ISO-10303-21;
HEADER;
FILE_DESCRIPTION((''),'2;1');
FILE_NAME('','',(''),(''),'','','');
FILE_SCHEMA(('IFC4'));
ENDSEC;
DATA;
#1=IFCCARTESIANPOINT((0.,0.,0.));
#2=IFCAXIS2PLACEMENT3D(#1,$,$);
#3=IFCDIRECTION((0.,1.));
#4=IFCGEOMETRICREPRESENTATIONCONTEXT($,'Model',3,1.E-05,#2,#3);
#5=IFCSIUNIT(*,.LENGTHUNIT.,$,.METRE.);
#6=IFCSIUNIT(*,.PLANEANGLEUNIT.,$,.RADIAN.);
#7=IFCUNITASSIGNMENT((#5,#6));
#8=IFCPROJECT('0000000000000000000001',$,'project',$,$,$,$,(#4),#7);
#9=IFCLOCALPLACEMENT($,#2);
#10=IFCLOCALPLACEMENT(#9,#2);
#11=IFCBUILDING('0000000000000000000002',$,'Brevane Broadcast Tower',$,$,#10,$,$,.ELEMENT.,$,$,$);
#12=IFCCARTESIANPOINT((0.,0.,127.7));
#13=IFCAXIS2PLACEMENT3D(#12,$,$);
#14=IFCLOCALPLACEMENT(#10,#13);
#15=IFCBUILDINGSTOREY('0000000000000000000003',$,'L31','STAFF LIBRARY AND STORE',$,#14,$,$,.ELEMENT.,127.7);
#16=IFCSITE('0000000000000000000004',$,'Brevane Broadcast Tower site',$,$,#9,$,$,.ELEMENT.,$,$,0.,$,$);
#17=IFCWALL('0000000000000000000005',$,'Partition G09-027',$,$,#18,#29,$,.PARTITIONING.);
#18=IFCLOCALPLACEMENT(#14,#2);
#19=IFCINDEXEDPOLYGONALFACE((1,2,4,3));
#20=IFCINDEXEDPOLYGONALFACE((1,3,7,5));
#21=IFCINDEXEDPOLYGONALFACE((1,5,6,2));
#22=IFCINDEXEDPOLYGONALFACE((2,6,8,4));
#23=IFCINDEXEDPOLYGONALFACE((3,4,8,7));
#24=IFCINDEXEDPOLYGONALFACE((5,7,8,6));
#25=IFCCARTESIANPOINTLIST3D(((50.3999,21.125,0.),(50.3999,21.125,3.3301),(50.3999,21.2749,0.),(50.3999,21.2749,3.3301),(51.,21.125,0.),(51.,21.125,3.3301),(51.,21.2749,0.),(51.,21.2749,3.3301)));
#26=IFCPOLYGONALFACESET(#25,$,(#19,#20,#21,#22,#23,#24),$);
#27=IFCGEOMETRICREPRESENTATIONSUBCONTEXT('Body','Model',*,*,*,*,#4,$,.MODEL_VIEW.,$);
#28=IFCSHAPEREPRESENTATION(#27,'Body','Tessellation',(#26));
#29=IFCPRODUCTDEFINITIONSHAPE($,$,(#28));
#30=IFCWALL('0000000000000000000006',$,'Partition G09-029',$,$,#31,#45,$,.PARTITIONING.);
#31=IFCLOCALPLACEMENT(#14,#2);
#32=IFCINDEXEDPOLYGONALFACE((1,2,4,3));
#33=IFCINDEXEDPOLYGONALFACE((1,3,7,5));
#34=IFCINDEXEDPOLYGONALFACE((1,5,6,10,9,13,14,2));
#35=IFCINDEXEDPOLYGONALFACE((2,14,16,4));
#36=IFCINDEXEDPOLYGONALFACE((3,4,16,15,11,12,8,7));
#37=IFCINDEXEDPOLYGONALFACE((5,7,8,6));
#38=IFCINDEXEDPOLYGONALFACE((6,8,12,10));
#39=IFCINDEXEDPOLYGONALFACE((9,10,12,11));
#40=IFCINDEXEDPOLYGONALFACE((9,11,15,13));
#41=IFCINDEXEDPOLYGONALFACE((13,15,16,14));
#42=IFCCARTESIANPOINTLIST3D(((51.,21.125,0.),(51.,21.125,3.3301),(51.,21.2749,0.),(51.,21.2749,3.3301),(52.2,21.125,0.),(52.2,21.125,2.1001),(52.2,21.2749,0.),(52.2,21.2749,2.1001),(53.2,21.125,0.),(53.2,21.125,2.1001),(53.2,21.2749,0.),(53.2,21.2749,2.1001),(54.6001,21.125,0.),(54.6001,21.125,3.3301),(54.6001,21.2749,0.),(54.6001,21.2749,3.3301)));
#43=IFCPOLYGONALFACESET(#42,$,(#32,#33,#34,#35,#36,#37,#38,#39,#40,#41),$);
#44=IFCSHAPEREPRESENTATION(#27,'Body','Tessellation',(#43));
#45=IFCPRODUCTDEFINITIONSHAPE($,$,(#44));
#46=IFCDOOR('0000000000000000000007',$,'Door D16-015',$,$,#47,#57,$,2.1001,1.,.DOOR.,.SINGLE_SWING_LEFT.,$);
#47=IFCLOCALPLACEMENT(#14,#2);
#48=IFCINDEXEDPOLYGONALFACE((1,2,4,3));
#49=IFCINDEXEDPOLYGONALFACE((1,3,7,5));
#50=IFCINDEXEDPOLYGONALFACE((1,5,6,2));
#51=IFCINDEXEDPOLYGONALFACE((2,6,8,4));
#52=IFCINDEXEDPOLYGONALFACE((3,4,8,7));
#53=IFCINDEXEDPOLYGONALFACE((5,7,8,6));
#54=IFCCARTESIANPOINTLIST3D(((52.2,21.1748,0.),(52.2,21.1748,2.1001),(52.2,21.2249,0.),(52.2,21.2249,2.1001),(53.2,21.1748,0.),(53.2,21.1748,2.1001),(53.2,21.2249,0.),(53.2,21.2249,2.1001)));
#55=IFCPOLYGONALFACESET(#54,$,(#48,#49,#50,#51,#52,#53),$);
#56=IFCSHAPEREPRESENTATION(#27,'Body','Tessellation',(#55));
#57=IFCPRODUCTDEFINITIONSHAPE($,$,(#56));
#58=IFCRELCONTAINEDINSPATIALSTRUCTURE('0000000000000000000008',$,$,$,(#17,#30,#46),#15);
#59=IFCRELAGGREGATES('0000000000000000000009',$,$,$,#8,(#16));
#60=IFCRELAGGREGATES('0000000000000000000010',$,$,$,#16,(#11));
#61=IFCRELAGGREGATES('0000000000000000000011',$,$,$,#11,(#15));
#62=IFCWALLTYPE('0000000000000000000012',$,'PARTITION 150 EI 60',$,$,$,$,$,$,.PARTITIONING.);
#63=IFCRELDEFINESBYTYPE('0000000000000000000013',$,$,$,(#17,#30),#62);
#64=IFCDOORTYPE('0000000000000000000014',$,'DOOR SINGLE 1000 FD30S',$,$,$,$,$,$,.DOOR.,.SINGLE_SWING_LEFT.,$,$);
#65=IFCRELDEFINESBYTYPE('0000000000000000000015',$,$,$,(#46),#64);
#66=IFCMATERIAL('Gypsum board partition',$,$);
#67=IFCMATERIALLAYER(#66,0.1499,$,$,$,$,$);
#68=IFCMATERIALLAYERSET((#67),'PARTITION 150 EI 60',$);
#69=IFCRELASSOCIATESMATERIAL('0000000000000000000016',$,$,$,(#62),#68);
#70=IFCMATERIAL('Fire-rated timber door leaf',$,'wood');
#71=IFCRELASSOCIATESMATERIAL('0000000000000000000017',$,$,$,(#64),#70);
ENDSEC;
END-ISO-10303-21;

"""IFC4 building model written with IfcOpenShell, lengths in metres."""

from ifc_helpers import new_model, si_unit, direction, frame, frame_2d, origin, place, context, subcontext, project, spatial, rectangle, extrude, material, layer, layer_set, type_object, element, fill, save


model = new_model("IFC4")

# Units and contexts
model_context = context("Model", 3, precision=1e-05, world=origin(), true_north=direction((0.0, 1.0)))
body_context = subcontext(model_context, "Body", "Model", "MODEL_VIEW")
ifc_project = project(units=[si_unit("LENGTHUNIT", "METRE"), si_unit("PLANEANGLEUNIT", "RADIAN")], contexts=[model_context])

# Site, building, storey
site_placement = place(None, origin())
site = spatial("IfcSite", under=ifc_project, at=site_placement, Name="Brevane Broadcast Tower site", CompositionType="ELEMENT", RefElevation=0.0)
building_placement = place(site_placement, origin())
building = spatial("IfcBuilding", under=site, at=building_placement, Name="Brevane Broadcast Tower", CompositionType="ELEMENT")
storey_placement = place(building_placement, frame((0.0, 0.0, 127.7)))
storey = spatial("IfcBuildingStorey", under=building, at=storey_placement, Name="L31", Description="STAFF LIBRARY AND STORE", CompositionType="ELEMENT", Elevation=127.7)

# Shared definitions
ifc_material_1 = material(Name="Gypsum board partition")

# Shared definitions
ifc_layer_1 = layer(ifc_material_1, 0.1499)
ifc_layer_set_1 = layer_set([ifc_layer_1], Name="PARTITION 150 EI 60")
wall_type_1 = type_object("IfcWallType", Name="PARTITION 150 EI 60", PredefinedType="PARTITIONING", material=ifc_layer_set_1)
ifc_material_2 = material(Name="Fire-rated timber door leaf", Category="wood")

# Wall
wall_1_placement = place(storey_placement, frame((50.3999, 21.2, 0.0), z_axis=(0.0, 0.0, 1.0), x_axis=(1.0, 0.0, 0.0)))
element("IfcWall", 1, at=wall_1_placement, inside=storey, type_object=wall_type_1, Name="Partition G09-027", PredefinedType="PARTITIONING", context=body_context, shape_type="SweptSolid", body=[
    extrude(rectangle(XDim=0.6001, YDim=0.1499, at=frame_2d((0.3, 0.0))), origin(), (0.0, 0.0, 1.0), 3.3301),
])

# Wall, opening, door
wall_2_placement = place(storey_placement, frame((51.0, 21.2, 0.0), z_axis=(0.0, 0.0, 1.0), x_axis=(1.0, 0.0, 0.0)))
wall_2 = element("IfcWall", 2, at=wall_2_placement, inside=storey, type_object=wall_type_1, Name="Partition G09-029", PredefinedType="PARTITIONING", context=body_context, shape_type="SweptSolid", body=[
    extrude(rectangle(XDim=3.6001, YDim=0.1499, at=frame_2d((1.8, 0.0))), origin(), (0.0, 0.0, 1.0), 3.3301),
])
opening_1_placement = place(wall_2_placement, frame((1.2, 0.0, 0.0)))
opening_1 = element("IfcOpeningElement", 3, at=opening_1_placement, cuts=wall_2, PredefinedType="OPENING", context=body_context, shape_type="SweptSolid", body=[
    extrude(rectangle(XDim=1.0, YDim=2.1001, at=frame_2d((0.5, 1.05))), frame((0.0, 0.085, 0.0), z_axis=(0.0, -1.0, 0.0), x_axis=(1.0, 0.0, 0.0)), (0.0, 0.0, 1.0), 0.1699),
])
door_type_1 = type_object("IfcDoorType", Name="DOOR SINGLE 1000 FD30S", OperationType="SINGLE_SWING_LEFT", PredefinedType="DOOR", material=ifc_material_2)
door_1_placement = place(opening_1_placement, origin())
door_1 = element("IfcDoor", 4, at=door_1_placement, inside=storey, type_object=door_type_1, Name="Door D16-015", OperationType="SINGLE_SWING_LEFT", OverallHeight=2.1001, OverallWidth=1.0, PredefinedType="DOOR", context=body_context, shape_type="SweptSolid", body=[
    extrude(rectangle(XDim=1.0, YDim=2.1001, at=frame_2d((0.5, 1.05))), frame((0.0, 0.0249, 0.0), z_axis=(0.0, -1.0, 0.0), x_axis=(1.0, 0.0, 0.0)), (0.0, 0.0, 1.0), 0.05),
])
fill(opening_1, door_1)

save(model, "model.ifc")
